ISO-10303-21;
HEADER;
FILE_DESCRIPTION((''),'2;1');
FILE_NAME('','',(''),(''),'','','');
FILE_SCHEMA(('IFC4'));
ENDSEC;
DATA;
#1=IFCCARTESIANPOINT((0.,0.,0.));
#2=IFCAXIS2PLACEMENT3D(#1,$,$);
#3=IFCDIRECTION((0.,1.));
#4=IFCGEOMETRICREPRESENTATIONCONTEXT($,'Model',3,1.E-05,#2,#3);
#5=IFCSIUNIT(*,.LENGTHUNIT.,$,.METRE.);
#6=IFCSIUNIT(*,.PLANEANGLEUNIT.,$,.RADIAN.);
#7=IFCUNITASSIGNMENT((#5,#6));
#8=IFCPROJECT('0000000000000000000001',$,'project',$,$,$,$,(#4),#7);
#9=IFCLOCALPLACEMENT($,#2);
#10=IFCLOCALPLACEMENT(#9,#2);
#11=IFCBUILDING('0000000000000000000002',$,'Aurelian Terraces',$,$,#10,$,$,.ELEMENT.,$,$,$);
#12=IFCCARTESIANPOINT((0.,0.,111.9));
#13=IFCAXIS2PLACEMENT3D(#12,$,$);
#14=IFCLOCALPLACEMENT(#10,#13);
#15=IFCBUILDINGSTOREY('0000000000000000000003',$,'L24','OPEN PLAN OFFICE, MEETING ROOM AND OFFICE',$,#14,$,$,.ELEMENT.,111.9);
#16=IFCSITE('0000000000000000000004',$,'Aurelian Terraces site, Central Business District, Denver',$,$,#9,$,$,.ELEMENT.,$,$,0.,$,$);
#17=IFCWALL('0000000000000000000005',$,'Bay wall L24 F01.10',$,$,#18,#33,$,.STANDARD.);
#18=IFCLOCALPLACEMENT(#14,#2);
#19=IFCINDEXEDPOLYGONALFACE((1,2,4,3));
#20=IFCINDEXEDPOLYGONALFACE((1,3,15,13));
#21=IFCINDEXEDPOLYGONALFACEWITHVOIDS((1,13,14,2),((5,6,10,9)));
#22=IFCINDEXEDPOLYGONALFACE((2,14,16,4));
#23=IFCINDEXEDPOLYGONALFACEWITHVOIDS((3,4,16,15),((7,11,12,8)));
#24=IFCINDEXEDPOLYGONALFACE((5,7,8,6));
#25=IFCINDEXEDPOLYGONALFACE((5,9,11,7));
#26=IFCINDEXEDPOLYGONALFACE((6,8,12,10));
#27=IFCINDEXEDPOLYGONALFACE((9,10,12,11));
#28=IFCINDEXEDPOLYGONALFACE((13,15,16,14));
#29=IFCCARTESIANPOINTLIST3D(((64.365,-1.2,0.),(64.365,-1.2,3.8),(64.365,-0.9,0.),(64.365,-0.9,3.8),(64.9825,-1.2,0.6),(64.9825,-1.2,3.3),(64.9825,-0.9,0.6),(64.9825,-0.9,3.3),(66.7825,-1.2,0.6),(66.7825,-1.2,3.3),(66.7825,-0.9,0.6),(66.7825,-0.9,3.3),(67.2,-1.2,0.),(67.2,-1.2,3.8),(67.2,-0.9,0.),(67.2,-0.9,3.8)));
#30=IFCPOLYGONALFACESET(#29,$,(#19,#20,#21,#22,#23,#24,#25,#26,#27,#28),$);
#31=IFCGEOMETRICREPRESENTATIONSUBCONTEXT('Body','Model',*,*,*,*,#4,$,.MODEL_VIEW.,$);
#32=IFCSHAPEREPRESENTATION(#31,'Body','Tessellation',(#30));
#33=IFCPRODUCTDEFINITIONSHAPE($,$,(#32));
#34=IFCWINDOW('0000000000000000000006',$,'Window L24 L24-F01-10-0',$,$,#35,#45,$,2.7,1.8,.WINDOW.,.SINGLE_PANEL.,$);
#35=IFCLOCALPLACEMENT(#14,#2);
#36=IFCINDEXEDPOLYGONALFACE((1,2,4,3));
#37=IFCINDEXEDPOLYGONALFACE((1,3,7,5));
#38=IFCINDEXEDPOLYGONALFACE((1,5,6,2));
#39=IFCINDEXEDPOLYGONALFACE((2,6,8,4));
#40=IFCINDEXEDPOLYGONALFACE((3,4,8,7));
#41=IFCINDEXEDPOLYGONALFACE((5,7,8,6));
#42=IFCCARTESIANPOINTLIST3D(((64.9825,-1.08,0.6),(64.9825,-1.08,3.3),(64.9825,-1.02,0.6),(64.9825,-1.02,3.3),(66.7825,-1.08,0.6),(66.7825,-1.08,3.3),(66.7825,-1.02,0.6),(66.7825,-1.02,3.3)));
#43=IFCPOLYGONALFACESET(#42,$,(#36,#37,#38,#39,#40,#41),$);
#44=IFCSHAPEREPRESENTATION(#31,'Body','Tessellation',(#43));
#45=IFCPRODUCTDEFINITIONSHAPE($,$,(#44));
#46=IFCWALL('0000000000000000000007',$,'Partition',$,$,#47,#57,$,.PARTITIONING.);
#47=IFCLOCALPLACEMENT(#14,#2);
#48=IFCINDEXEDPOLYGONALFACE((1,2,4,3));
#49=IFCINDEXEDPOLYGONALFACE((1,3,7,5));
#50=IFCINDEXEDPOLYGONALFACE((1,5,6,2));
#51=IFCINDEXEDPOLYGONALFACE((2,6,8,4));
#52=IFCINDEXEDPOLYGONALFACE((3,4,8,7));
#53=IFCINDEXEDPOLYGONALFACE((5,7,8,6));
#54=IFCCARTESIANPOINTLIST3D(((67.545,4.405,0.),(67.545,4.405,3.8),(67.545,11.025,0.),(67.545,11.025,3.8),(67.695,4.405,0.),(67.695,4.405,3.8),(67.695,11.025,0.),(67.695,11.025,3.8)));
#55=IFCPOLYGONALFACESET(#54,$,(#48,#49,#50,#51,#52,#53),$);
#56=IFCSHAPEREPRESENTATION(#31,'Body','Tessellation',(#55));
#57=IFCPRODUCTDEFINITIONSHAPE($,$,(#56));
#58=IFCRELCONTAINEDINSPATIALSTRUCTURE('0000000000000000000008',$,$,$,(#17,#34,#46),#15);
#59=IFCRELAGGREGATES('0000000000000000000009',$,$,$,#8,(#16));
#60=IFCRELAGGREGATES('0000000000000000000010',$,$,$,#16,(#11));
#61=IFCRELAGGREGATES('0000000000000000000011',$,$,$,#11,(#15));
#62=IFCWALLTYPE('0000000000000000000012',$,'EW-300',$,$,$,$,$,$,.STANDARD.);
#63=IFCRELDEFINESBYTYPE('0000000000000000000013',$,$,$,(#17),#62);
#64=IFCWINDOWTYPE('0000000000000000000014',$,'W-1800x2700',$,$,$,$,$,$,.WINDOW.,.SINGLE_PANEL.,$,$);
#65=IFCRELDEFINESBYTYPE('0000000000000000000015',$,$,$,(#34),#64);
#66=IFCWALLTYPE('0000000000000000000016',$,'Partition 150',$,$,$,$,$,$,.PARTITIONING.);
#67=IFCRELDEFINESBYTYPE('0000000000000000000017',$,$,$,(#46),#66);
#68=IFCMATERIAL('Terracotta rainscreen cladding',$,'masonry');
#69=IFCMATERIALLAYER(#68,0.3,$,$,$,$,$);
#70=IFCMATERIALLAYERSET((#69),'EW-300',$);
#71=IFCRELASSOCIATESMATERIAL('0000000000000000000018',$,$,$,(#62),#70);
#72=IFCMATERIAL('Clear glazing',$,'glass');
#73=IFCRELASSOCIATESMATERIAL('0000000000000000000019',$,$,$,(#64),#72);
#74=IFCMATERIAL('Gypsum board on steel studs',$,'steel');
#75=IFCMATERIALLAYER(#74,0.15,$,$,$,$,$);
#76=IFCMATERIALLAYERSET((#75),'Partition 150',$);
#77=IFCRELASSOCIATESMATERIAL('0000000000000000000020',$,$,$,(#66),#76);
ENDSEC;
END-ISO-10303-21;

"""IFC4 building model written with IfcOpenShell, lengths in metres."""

from ifc_helpers import new_model, si_unit, direction, frame, frame_2d, origin, place, context, subcontext, project, spatial, rectangle, extrude, source, transform, mapped, material, layer, layer_set, type_object, element, fill, save


model = new_model("IFC4")

# Units and contexts
model_context = context("Model", 3, precision=1e-05, world=origin(), true_north=direction((0.0, 1.0)))
body_context = subcontext(model_context, "Body", "Model", "MODEL_VIEW")
ifc_project = project(units=[si_unit("LENGTHUNIT", "METRE"), si_unit("PLANEANGLEUNIT", "RADIAN")], contexts=[model_context])

# Site, building, storey
site_placement = place(None, origin())
site = spatial("IfcSite", under=ifc_project, at=site_placement, Name="Aurelian Terraces site, Central Business District, Denver", CompositionType="ELEMENT", RefElevation=0.0)
building_placement = place(site_placement, origin())
building = spatial("IfcBuilding", under=site, at=building_placement, Name="Aurelian Terraces", CompositionType="ELEMENT")
storey_placement = place(building_placement, frame((0.0, 0.0, 111.9)))
storey = spatial("IfcBuildingStorey", under=building, at=storey_placement, Name="L24", Description="OPEN PLAN OFFICE, MEETING ROOM AND OFFICE", CompositionType="ELEMENT", Elevation=111.9)

# Shared definitions
ifc_material_1 = material(Name="Terracotta rainscreen cladding", Category="masonry")
ifc_layer_1 = layer(ifc_material_1, 0.3)
ifc_layer_set_1 = layer_set([ifc_layer_1], Name="EW-300")
wall_type_1 = type_object("IfcWallType", Name="EW-300", PredefinedType="STANDARD", material=ifc_layer_set_1)
shared_shape_1 = source(origin(), body_context, "Body", "SweptSolid", [
    extrude(rectangle(XDim=1.8, YDim=2.7, at=frame_2d((0.9, 1.35))), frame((0.0, 0.16, 0.0), z_axis=(0.0, -1.0, 0.0), x_axis=(1.0, 0.0, 0.0)), (0.0, 0.0, 1.0), 0.32),
])
ifc_material_2 = material(Name="Clear glazing", Category="glass")
window_type_1 = type_object("IfcWindowType", Name="W-1800x2700", PartitioningType="SINGLE_PANEL", PredefinedType="WINDOW", material=ifc_material_2)
shared_shape_2 = source(origin(), body_context, "Body", "SweptSolid", [
    extrude(rectangle(XDim=1.8, YDim=2.7, at=frame_2d((0.9, 1.35))), frame((0.0, 0.03, 0.0), z_axis=(0.0, -1.0, 0.0), x_axis=(1.0, 0.0, 0.0)), (0.0, 0.0, 1.0), 0.06),
])

# Wall, opening, window
shared_shape_3 = source(origin(), body_context, "Body", "SweptSolid", [
    extrude(rectangle(XDim=2.835, YDim=0.3, at=frame_2d((1.4175, 0.0))), origin(), (0.0, 0.0, 1.0), 3.8),
])
wall_1_placement = place(storey_placement, frame((64.365, -1.05, 0.0), z_axis=(0.0, 0.0, 1.0), x_axis=(1.0, 0.0, 0.0)))
wall_1 = element("IfcWall", 1, at=wall_1_placement, inside=storey, type_object=wall_type_1, Name="Bay wall L24 F01.10", PredefinedType="STANDARD", context=body_context, shape_type="MappedRepresentation", body=[
    mapped(shared_shape_3, transform((0.0, 0.0, 0.0), scale=1.0)),
])
opening_1_placement = place(wall_1_placement, frame((0.6175, 0.0, 0.6)))
opening_1 = element("IfcOpeningElement", 2, at=opening_1_placement, cuts=wall_1, PredefinedType="OPENING", context=body_context, shape_type="MappedRepresentation", body=[
    mapped(shared_shape_1, transform((0.0, 0.0, 0.0), scale=1.0)),
])
window_1_placement = place(opening_1_placement, origin())
window_1 = element("IfcWindow", 3, at=window_1_placement, inside=storey, type_object=window_type_1, Name="Window L24 L24-F01-10-0", OverallHeight=2.7, OverallWidth=1.8, PartitioningType="SINGLE_PANEL", PredefinedType="WINDOW", context=body_context, shape_type="MappedRepresentation", body=[
    mapped(shared_shape_2, transform((0.0, 0.0, 0.0), scale=1.0)),
])
fill(opening_1, window_1)

# Wall
ifc_material_3 = material(Name="Gypsum board on steel studs", Category="steel")
ifc_layer_2 = layer(ifc_material_3, 0.15)
ifc_layer_set_2 = layer_set([ifc_layer_2], Name="Partition 150")
wall_type_2 = type_object("IfcWallType", Name="Partition 150", PredefinedType="PARTITIONING", material=ifc_layer_set_2)
shared_shape_4 = source(origin(), body_context, "Body", "SweptSolid", [
    extrude(rectangle(XDim=6.62, YDim=0.15, at=frame_2d((3.31, 0.0))), origin(), (0.0, 0.0, 1.0), 3.8),
])
wall_2_placement = place(storey_placement, frame((67.62, 4.405, 0.0), z_axis=(0.0, 0.0, 1.0), x_axis=(0.0, 1.0, 0.0)))
element("IfcWall", 4, at=wall_2_placement, inside=storey, type_object=wall_type_2, Name="Partition", PredefinedType="PARTITIONING", context=body_context, shape_type="MappedRepresentation", body=[
    mapped(shared_shape_4, transform((0.0, 0.0, 0.0), scale=1.0)),
])

save(model, "model.ifc")
